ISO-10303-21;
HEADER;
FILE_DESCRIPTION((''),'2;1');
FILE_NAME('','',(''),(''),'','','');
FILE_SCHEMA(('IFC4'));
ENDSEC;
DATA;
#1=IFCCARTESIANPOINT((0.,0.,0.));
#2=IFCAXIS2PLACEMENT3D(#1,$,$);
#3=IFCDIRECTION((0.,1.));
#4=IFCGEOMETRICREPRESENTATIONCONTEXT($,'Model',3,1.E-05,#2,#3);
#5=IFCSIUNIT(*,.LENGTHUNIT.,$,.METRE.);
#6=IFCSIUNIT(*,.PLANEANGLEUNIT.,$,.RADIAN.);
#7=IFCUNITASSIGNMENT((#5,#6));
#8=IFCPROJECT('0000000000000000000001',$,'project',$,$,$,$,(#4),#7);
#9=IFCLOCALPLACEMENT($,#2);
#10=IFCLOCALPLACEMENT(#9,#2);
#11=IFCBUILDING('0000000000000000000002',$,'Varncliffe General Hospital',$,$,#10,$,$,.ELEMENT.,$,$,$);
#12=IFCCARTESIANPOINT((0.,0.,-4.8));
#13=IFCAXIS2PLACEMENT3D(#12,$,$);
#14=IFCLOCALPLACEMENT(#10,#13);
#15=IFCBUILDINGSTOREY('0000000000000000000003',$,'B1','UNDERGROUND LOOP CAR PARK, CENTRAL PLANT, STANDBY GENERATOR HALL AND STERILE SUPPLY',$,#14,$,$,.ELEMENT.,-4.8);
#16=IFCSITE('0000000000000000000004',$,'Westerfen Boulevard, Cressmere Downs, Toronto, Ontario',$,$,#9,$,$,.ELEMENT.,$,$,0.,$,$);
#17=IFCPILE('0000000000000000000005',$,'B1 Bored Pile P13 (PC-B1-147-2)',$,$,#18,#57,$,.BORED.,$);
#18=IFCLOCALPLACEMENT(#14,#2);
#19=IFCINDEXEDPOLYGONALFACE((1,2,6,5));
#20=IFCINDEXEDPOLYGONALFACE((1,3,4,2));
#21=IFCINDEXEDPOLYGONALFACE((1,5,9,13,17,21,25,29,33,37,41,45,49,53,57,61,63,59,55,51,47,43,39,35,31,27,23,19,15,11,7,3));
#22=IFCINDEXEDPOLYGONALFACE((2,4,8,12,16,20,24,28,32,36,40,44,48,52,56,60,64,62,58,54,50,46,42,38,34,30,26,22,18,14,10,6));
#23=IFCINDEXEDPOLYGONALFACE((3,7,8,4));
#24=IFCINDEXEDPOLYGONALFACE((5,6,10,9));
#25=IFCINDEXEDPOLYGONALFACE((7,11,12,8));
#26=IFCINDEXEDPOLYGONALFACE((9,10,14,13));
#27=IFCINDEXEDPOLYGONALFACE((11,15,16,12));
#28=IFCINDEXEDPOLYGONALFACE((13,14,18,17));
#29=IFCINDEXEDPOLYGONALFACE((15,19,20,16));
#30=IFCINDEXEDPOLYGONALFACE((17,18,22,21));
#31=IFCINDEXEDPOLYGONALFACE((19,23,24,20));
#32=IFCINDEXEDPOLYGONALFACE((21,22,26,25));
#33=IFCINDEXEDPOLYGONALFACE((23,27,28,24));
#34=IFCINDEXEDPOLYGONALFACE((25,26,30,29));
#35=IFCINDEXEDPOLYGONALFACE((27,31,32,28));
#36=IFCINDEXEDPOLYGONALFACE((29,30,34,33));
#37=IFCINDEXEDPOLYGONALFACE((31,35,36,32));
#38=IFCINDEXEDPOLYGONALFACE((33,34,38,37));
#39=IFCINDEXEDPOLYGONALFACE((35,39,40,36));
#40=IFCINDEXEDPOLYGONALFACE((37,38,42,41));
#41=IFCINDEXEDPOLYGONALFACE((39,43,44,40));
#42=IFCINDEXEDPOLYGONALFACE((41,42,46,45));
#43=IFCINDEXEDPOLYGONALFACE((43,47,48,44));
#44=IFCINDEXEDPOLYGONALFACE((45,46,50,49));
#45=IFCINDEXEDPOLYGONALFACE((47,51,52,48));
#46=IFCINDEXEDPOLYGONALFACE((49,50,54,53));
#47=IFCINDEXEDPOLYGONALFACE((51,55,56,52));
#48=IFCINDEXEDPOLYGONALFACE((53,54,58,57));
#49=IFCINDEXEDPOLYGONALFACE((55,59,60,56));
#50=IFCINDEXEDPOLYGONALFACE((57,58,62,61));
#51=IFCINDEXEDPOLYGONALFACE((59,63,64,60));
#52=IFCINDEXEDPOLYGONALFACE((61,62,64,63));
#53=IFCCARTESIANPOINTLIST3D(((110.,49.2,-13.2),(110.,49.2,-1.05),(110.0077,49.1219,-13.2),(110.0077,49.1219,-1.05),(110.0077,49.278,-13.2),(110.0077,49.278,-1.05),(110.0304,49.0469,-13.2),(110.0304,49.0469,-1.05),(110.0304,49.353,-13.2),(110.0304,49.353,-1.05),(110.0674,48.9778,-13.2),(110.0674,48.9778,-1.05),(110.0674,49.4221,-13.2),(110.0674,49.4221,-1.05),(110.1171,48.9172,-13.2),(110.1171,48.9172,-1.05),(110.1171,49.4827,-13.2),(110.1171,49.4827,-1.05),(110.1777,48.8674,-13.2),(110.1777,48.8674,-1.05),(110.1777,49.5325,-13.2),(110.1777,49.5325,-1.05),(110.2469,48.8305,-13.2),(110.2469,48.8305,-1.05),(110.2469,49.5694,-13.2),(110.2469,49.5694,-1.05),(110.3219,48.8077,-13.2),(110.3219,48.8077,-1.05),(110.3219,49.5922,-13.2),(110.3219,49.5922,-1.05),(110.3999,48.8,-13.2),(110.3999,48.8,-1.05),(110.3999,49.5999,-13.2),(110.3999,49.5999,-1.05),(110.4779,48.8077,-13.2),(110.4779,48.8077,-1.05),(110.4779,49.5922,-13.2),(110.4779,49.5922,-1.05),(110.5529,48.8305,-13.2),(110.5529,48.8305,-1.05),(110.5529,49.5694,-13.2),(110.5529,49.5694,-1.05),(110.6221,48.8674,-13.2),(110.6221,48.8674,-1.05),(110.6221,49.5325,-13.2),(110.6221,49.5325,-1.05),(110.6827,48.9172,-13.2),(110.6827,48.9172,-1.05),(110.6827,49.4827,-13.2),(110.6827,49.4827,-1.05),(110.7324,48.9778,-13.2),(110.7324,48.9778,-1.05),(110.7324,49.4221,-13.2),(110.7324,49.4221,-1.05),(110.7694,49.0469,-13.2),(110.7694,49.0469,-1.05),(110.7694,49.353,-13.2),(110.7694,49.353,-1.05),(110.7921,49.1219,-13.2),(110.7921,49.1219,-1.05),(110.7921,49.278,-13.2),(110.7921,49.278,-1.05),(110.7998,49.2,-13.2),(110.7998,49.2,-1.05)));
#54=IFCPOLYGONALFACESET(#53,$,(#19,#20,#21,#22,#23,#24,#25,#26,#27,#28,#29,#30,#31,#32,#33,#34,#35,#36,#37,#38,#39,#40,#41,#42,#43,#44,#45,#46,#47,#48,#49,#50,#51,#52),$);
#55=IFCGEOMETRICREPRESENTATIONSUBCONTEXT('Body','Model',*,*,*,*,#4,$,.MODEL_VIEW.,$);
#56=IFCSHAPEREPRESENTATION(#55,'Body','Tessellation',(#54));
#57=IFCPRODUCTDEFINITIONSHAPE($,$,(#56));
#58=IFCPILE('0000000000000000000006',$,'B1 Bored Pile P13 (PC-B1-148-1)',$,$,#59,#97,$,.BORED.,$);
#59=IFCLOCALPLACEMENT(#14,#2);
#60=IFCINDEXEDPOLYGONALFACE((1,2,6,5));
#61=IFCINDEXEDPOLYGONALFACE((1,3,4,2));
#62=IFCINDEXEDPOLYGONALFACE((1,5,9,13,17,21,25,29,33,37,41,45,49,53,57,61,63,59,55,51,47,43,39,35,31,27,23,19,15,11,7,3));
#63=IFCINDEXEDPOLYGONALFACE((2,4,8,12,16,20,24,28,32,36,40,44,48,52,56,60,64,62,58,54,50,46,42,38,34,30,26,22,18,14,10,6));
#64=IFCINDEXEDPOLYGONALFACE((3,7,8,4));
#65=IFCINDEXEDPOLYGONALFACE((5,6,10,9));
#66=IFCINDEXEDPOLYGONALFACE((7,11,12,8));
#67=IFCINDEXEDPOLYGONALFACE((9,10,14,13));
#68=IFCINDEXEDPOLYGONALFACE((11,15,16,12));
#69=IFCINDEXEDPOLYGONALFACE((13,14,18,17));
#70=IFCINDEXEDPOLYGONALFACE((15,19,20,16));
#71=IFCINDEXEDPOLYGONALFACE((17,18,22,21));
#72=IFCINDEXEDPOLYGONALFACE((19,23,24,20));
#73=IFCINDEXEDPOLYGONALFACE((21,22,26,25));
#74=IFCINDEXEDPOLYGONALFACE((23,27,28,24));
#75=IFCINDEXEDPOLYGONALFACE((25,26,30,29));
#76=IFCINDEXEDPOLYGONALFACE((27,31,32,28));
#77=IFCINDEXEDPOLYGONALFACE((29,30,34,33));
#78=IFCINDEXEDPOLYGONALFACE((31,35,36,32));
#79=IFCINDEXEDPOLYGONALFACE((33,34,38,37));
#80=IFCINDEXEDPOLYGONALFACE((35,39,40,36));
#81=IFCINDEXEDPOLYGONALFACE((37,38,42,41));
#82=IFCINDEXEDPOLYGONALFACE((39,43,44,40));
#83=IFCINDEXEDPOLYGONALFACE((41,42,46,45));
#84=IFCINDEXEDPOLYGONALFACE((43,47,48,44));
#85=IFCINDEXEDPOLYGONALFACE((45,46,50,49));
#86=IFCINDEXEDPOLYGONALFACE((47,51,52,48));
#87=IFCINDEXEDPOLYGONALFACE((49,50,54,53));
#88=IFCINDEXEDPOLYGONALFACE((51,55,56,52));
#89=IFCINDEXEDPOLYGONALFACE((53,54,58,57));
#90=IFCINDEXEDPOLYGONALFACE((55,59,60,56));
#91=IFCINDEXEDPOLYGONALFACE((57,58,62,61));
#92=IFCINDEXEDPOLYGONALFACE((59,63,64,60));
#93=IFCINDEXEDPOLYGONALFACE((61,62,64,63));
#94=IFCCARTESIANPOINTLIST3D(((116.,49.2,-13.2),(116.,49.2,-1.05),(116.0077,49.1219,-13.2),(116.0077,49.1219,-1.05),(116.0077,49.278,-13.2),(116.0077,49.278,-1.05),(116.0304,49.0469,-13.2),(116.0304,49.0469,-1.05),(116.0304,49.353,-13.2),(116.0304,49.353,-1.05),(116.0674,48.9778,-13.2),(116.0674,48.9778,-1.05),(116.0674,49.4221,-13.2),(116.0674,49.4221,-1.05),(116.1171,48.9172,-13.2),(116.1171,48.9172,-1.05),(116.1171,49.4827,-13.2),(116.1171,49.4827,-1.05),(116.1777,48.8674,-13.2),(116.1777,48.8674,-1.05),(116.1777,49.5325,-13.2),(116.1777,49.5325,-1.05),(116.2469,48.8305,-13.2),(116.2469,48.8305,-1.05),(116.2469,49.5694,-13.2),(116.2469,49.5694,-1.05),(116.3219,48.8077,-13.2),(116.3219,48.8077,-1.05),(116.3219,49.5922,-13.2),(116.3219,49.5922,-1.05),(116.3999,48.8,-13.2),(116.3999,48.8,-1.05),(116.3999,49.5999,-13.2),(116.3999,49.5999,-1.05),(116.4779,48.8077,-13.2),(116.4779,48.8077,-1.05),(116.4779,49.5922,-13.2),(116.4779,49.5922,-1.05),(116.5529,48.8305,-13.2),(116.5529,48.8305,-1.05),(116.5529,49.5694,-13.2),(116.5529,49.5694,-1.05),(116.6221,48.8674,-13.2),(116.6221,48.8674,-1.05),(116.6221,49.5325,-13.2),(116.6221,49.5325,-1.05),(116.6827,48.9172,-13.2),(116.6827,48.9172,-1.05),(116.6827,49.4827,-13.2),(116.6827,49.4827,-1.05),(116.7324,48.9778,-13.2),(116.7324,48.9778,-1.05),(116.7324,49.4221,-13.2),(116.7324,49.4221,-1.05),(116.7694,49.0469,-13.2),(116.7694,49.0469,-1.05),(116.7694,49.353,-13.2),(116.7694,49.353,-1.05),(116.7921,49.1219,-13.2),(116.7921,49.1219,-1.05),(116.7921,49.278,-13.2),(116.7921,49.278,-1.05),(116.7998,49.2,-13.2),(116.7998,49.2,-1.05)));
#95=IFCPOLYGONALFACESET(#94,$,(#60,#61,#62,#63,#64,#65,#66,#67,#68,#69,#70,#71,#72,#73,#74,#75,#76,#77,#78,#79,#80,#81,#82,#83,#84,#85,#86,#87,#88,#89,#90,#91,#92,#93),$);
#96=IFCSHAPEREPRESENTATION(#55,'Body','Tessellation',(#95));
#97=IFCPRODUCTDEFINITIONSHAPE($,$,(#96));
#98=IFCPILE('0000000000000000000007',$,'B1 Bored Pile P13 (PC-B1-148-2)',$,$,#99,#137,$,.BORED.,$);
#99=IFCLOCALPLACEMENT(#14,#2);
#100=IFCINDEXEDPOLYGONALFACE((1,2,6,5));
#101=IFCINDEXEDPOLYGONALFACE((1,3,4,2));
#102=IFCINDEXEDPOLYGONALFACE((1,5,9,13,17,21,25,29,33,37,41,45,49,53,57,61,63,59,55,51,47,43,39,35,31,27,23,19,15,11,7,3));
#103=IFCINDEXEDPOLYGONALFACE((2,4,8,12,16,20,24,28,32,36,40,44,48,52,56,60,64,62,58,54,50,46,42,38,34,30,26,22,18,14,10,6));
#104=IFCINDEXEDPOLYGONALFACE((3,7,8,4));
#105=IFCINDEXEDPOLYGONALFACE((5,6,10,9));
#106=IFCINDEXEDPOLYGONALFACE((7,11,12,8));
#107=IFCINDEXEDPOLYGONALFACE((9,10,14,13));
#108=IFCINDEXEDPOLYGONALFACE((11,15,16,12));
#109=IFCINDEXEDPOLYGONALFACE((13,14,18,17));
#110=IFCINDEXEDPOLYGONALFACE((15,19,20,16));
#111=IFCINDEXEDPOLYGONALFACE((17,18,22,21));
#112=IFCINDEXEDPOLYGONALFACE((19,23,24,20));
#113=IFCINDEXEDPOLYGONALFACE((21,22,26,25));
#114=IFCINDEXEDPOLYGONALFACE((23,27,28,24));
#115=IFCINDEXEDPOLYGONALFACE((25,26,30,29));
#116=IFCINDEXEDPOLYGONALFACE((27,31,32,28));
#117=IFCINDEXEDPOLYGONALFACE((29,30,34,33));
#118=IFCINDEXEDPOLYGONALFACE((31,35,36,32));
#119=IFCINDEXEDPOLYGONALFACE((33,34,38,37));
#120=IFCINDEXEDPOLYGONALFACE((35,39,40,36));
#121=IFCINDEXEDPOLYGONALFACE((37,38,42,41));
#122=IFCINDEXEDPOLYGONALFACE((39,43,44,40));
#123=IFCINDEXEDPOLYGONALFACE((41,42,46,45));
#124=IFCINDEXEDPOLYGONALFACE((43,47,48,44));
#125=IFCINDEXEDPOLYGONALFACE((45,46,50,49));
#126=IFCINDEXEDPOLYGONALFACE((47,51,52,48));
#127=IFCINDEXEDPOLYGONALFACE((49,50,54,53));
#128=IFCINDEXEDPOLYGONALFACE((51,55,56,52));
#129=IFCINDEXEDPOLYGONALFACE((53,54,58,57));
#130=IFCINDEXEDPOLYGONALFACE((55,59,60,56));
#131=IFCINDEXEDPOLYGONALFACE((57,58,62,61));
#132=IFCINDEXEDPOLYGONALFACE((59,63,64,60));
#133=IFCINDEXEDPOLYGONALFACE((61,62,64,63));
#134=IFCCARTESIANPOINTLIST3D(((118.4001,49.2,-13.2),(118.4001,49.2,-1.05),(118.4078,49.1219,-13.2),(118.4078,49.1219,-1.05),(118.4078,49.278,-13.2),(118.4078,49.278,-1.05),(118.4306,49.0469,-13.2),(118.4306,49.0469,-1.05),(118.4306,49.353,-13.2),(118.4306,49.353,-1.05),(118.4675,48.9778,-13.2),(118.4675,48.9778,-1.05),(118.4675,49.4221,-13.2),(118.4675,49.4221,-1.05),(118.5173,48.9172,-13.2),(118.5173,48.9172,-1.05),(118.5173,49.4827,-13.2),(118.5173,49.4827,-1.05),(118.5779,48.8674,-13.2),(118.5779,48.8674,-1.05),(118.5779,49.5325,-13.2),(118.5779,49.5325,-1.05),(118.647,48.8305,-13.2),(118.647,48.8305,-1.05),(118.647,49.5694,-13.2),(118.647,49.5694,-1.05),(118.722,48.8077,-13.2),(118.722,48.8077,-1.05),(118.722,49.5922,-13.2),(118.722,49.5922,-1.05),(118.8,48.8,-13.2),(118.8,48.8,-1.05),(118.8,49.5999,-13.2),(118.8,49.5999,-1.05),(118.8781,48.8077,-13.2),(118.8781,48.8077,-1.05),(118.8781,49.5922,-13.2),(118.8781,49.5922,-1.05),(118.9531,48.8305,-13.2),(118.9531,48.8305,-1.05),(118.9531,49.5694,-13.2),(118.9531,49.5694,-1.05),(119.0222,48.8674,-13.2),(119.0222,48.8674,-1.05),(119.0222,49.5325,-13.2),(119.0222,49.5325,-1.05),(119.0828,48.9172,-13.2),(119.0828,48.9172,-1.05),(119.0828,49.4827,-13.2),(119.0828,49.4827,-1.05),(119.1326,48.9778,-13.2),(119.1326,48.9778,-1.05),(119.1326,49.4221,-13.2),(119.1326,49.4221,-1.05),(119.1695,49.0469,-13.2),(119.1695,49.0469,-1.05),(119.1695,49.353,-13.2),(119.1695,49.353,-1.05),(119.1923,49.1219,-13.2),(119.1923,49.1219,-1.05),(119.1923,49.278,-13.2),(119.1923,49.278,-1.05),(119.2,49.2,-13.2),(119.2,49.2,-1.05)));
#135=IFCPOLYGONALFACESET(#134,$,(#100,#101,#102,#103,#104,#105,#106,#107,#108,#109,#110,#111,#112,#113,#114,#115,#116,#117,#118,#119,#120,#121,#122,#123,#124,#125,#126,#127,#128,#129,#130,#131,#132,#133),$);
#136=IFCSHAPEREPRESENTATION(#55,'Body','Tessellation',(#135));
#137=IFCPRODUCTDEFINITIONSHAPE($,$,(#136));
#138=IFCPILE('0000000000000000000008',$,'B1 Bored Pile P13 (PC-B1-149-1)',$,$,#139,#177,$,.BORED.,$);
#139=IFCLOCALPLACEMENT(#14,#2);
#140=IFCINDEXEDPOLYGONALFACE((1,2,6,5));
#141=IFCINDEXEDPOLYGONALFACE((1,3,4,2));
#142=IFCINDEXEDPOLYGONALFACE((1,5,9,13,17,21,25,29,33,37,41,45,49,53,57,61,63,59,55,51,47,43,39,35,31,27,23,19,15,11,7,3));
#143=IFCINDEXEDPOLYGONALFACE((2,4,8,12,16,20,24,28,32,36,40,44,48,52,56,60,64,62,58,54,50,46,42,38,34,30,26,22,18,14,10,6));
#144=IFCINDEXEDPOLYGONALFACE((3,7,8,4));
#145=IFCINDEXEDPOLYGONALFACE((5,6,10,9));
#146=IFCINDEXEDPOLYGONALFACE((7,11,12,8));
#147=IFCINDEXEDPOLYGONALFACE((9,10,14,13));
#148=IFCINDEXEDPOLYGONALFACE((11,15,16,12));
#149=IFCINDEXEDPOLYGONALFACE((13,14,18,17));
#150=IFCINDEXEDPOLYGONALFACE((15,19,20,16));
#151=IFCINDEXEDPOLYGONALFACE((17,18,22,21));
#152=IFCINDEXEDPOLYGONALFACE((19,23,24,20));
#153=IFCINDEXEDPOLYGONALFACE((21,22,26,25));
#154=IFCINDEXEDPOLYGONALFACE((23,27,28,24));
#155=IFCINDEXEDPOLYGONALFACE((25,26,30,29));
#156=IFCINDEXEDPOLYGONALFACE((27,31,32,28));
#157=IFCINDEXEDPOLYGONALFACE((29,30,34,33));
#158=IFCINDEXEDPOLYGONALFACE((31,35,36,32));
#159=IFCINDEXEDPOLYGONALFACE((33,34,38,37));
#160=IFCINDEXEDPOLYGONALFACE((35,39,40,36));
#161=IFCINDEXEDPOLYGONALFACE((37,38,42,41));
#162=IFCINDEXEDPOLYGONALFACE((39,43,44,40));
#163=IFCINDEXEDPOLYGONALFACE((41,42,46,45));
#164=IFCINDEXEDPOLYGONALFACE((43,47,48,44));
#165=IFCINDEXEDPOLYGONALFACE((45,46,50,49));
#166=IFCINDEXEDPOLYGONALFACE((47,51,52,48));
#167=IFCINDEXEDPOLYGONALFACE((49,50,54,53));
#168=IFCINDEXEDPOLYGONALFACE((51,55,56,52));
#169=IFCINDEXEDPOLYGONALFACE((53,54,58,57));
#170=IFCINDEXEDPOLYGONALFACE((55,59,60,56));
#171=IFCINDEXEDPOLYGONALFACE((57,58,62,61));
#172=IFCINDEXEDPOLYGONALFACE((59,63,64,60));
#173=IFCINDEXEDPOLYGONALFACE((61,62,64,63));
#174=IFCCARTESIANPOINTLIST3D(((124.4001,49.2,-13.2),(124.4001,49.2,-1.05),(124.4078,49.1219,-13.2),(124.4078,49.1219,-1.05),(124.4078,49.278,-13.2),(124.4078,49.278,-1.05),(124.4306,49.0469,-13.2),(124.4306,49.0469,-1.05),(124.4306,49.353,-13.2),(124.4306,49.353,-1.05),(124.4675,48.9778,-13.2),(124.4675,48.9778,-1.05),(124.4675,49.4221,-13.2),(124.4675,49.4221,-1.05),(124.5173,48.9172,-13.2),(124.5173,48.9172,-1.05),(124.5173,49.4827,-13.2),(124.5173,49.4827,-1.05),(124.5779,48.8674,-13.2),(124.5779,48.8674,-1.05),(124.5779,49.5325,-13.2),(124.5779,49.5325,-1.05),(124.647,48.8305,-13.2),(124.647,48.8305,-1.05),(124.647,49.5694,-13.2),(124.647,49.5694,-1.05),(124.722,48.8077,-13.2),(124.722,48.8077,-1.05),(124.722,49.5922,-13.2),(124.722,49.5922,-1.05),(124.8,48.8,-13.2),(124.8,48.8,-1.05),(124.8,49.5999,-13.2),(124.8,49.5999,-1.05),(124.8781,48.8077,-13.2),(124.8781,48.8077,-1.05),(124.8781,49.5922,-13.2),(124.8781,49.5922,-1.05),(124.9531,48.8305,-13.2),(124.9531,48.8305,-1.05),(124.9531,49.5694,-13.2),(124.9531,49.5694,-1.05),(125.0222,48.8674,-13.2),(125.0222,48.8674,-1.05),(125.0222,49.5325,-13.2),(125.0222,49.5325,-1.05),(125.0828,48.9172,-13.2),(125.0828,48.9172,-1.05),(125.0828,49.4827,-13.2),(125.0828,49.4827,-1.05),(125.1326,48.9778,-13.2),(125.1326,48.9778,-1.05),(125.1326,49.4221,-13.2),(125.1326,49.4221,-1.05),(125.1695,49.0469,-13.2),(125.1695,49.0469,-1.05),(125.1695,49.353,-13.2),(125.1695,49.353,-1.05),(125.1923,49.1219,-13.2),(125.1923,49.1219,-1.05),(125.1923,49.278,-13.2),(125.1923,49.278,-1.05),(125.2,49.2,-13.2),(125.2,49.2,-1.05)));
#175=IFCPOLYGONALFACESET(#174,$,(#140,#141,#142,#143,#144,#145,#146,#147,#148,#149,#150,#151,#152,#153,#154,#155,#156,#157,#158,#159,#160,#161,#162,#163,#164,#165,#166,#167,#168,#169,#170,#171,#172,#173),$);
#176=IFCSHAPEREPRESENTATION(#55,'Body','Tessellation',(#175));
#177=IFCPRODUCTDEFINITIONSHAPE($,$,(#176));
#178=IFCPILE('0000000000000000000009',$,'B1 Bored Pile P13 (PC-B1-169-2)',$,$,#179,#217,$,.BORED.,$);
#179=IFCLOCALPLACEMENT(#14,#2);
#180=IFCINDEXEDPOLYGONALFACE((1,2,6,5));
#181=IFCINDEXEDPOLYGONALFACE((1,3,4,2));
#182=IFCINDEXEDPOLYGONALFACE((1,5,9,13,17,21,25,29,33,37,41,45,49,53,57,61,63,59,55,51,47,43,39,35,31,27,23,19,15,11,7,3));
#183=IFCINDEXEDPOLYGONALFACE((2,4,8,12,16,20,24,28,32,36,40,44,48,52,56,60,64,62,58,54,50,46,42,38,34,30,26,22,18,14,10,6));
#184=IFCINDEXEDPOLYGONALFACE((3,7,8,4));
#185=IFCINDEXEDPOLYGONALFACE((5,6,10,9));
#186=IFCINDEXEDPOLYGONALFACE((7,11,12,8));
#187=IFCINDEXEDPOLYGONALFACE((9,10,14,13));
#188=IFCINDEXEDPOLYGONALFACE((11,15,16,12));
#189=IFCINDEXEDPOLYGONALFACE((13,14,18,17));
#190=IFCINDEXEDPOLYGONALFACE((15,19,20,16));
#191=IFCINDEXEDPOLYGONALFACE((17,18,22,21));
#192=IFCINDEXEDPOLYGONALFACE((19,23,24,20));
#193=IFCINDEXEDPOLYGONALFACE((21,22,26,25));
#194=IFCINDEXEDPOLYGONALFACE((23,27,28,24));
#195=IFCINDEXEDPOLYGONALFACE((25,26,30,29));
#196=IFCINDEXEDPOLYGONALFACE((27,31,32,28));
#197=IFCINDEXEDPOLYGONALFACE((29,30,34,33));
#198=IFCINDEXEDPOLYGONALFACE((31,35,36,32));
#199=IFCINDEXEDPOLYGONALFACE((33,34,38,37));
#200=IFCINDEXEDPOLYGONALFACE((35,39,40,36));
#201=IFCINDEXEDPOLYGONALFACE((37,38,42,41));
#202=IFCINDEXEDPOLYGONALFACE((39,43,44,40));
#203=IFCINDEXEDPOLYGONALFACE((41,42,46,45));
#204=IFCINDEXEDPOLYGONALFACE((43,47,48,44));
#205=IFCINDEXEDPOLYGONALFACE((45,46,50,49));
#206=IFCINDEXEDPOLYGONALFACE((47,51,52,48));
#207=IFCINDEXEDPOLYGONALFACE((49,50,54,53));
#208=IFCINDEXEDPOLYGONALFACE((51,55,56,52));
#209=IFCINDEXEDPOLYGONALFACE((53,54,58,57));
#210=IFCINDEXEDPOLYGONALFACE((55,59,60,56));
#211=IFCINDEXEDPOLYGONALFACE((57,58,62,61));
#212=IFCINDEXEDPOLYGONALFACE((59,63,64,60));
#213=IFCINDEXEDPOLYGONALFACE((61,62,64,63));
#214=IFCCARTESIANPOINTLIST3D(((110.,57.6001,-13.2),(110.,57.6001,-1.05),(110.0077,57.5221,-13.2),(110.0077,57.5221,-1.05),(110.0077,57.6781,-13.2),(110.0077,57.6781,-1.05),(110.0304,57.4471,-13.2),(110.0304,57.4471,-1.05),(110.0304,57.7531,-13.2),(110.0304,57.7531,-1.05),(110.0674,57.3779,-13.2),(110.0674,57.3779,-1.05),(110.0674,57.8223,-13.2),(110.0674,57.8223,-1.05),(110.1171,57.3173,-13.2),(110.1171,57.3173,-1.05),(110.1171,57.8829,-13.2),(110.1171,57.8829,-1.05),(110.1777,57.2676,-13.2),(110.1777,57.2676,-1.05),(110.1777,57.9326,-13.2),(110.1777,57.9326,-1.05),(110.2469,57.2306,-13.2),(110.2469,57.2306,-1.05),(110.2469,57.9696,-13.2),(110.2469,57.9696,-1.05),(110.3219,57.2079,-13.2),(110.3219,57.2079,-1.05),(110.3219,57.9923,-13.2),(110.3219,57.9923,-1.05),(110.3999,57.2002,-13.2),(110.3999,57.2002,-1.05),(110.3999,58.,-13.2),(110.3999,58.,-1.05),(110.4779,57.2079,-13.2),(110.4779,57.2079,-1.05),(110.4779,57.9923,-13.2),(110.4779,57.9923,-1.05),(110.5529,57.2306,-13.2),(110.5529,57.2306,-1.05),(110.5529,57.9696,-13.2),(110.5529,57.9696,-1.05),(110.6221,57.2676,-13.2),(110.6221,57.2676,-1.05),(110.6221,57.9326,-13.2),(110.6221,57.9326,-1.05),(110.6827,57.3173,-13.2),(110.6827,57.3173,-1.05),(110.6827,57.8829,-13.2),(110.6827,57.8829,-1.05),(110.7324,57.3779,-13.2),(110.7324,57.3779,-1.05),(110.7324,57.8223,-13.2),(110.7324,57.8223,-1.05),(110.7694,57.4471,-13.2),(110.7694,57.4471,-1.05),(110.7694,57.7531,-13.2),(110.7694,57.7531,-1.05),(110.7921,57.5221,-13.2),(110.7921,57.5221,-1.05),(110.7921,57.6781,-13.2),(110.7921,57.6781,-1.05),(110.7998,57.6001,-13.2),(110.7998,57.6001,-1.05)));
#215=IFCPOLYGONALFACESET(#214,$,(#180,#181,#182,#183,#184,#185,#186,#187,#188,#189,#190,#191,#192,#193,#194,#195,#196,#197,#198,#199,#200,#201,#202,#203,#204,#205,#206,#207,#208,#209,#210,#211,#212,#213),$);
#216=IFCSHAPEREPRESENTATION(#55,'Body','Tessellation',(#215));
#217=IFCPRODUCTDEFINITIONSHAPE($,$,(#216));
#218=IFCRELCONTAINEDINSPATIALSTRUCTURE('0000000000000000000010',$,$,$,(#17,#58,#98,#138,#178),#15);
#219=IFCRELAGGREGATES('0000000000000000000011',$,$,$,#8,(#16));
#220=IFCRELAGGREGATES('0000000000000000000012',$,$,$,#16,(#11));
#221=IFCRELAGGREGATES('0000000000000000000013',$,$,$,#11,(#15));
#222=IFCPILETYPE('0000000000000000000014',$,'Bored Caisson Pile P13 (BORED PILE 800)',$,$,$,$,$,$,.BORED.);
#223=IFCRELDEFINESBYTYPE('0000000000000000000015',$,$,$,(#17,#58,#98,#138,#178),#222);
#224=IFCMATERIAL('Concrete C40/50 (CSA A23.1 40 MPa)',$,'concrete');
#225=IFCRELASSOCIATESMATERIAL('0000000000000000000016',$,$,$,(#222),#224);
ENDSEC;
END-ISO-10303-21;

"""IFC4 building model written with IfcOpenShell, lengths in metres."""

from ifc_helpers import new_model, si_unit, direction, frame, origin, origin_2d, place, context, subcontext, project, spatial, circle, extrude, material, material_profile, profile_set, type_object, element, save


model = new_model("IFC4")

# Units and contexts
model_context = context("Model", 3, precision=1e-05, world=origin(), true_north=direction((0.0, 1.0)))
body_context = subcontext(model_context, "Body", "Model", "MODEL_VIEW")
ifc_project = project(units=[si_unit("LENGTHUNIT", "METRE"), si_unit("PLANEANGLEUNIT", "RADIAN")], contexts=[model_context])

# Site, building, storey
site_placement = place(None, origin())
site = spatial("IfcSite", under=ifc_project, at=site_placement, Name="Westerfen Boulevard, Cressmere Downs, Toronto, Ontario", CompositionType="ELEMENT", RefElevation=0.0)
building_placement = place(site_placement, origin())
building = spatial("IfcBuilding", under=site, at=building_placement, Name="Varncliffe General Hospital", CompositionType="ELEMENT")
storey_placement = place(building_placement, frame((0.0, 0.0, -4.8)))
storey = spatial("IfcBuildingStorey", under=building, at=storey_placement, Name="B1", Description="UNDERGROUND LOOP CAR PARK, CENTRAL PLANT, STANDBY GENERATOR HALL AND STERILE SUPPLY", CompositionType="ELEMENT", Elevation=-4.8)

# Piles
ifc_material_1 = material(Name="Concrete C40/50 (CSA A23.1 40 MPa)", Category="concrete")
ifc_material_profile_1 = material_profile(ifc_material_1, circle(Radius=0.3999, at=origin_2d()), Name="BORED PILE 800")
ifc_profile_set_1 = profile_set([ifc_material_profile_1], Name="Concrete C40/50 (CSA A23.1 40 MPa)")
pile_type = type_object("IfcPileType", Name="Bored Caisson Pile P13 (BORED PILE 800)", PredefinedType="BORED", material=ifc_profile_set_1)
for number, where, z_axis, x_axis, name in (
    (1, (110.3999, 49.2, -1.05), (0.0, 0.0, -1.0), (1.0, 0.0, 0.0), "B1 Bored Pile P13 (PC-B1-147-2)"),
    (2, (116.3999, 49.2, -1.05), (0.0, 0.0, -1.0), (1.0, 0.0, 0.0), "B1 Bored Pile P13 (PC-B1-148-1)"),
    (3, (118.8, 49.2, -1.05), (0.0, 0.0, -1.0), (1.0, 0.0, 0.0), "B1 Bored Pile P13 (PC-B1-148-2)"),
    (4, (124.8, 49.2, -1.05), (0.0, 0.0, -1.0), (1.0, 0.0, 0.0), "B1 Bored Pile P13 (PC-B1-149-1)"),
    (5, (110.3999, 57.6001, -1.05), (0.0, 0.0, -1.0), (1.0, 0.0, 0.0), "B1 Bored Pile P13 (PC-B1-169-2)"),
):
    element("IfcPile", number, at=place(storey_placement, frame(where, z_axis=z_axis, x_axis=x_axis)), inside=storey, type_object=pile_type, Name=name, PredefinedType="BORED", context=body_context, shape_type="SweptSolid", body=[
        extrude(circle(Radius=0.3999, at=origin_2d()), origin(), (0.0, 0.0, 1.0), 12.1499),
    ])

save(model, "model.ifc")
